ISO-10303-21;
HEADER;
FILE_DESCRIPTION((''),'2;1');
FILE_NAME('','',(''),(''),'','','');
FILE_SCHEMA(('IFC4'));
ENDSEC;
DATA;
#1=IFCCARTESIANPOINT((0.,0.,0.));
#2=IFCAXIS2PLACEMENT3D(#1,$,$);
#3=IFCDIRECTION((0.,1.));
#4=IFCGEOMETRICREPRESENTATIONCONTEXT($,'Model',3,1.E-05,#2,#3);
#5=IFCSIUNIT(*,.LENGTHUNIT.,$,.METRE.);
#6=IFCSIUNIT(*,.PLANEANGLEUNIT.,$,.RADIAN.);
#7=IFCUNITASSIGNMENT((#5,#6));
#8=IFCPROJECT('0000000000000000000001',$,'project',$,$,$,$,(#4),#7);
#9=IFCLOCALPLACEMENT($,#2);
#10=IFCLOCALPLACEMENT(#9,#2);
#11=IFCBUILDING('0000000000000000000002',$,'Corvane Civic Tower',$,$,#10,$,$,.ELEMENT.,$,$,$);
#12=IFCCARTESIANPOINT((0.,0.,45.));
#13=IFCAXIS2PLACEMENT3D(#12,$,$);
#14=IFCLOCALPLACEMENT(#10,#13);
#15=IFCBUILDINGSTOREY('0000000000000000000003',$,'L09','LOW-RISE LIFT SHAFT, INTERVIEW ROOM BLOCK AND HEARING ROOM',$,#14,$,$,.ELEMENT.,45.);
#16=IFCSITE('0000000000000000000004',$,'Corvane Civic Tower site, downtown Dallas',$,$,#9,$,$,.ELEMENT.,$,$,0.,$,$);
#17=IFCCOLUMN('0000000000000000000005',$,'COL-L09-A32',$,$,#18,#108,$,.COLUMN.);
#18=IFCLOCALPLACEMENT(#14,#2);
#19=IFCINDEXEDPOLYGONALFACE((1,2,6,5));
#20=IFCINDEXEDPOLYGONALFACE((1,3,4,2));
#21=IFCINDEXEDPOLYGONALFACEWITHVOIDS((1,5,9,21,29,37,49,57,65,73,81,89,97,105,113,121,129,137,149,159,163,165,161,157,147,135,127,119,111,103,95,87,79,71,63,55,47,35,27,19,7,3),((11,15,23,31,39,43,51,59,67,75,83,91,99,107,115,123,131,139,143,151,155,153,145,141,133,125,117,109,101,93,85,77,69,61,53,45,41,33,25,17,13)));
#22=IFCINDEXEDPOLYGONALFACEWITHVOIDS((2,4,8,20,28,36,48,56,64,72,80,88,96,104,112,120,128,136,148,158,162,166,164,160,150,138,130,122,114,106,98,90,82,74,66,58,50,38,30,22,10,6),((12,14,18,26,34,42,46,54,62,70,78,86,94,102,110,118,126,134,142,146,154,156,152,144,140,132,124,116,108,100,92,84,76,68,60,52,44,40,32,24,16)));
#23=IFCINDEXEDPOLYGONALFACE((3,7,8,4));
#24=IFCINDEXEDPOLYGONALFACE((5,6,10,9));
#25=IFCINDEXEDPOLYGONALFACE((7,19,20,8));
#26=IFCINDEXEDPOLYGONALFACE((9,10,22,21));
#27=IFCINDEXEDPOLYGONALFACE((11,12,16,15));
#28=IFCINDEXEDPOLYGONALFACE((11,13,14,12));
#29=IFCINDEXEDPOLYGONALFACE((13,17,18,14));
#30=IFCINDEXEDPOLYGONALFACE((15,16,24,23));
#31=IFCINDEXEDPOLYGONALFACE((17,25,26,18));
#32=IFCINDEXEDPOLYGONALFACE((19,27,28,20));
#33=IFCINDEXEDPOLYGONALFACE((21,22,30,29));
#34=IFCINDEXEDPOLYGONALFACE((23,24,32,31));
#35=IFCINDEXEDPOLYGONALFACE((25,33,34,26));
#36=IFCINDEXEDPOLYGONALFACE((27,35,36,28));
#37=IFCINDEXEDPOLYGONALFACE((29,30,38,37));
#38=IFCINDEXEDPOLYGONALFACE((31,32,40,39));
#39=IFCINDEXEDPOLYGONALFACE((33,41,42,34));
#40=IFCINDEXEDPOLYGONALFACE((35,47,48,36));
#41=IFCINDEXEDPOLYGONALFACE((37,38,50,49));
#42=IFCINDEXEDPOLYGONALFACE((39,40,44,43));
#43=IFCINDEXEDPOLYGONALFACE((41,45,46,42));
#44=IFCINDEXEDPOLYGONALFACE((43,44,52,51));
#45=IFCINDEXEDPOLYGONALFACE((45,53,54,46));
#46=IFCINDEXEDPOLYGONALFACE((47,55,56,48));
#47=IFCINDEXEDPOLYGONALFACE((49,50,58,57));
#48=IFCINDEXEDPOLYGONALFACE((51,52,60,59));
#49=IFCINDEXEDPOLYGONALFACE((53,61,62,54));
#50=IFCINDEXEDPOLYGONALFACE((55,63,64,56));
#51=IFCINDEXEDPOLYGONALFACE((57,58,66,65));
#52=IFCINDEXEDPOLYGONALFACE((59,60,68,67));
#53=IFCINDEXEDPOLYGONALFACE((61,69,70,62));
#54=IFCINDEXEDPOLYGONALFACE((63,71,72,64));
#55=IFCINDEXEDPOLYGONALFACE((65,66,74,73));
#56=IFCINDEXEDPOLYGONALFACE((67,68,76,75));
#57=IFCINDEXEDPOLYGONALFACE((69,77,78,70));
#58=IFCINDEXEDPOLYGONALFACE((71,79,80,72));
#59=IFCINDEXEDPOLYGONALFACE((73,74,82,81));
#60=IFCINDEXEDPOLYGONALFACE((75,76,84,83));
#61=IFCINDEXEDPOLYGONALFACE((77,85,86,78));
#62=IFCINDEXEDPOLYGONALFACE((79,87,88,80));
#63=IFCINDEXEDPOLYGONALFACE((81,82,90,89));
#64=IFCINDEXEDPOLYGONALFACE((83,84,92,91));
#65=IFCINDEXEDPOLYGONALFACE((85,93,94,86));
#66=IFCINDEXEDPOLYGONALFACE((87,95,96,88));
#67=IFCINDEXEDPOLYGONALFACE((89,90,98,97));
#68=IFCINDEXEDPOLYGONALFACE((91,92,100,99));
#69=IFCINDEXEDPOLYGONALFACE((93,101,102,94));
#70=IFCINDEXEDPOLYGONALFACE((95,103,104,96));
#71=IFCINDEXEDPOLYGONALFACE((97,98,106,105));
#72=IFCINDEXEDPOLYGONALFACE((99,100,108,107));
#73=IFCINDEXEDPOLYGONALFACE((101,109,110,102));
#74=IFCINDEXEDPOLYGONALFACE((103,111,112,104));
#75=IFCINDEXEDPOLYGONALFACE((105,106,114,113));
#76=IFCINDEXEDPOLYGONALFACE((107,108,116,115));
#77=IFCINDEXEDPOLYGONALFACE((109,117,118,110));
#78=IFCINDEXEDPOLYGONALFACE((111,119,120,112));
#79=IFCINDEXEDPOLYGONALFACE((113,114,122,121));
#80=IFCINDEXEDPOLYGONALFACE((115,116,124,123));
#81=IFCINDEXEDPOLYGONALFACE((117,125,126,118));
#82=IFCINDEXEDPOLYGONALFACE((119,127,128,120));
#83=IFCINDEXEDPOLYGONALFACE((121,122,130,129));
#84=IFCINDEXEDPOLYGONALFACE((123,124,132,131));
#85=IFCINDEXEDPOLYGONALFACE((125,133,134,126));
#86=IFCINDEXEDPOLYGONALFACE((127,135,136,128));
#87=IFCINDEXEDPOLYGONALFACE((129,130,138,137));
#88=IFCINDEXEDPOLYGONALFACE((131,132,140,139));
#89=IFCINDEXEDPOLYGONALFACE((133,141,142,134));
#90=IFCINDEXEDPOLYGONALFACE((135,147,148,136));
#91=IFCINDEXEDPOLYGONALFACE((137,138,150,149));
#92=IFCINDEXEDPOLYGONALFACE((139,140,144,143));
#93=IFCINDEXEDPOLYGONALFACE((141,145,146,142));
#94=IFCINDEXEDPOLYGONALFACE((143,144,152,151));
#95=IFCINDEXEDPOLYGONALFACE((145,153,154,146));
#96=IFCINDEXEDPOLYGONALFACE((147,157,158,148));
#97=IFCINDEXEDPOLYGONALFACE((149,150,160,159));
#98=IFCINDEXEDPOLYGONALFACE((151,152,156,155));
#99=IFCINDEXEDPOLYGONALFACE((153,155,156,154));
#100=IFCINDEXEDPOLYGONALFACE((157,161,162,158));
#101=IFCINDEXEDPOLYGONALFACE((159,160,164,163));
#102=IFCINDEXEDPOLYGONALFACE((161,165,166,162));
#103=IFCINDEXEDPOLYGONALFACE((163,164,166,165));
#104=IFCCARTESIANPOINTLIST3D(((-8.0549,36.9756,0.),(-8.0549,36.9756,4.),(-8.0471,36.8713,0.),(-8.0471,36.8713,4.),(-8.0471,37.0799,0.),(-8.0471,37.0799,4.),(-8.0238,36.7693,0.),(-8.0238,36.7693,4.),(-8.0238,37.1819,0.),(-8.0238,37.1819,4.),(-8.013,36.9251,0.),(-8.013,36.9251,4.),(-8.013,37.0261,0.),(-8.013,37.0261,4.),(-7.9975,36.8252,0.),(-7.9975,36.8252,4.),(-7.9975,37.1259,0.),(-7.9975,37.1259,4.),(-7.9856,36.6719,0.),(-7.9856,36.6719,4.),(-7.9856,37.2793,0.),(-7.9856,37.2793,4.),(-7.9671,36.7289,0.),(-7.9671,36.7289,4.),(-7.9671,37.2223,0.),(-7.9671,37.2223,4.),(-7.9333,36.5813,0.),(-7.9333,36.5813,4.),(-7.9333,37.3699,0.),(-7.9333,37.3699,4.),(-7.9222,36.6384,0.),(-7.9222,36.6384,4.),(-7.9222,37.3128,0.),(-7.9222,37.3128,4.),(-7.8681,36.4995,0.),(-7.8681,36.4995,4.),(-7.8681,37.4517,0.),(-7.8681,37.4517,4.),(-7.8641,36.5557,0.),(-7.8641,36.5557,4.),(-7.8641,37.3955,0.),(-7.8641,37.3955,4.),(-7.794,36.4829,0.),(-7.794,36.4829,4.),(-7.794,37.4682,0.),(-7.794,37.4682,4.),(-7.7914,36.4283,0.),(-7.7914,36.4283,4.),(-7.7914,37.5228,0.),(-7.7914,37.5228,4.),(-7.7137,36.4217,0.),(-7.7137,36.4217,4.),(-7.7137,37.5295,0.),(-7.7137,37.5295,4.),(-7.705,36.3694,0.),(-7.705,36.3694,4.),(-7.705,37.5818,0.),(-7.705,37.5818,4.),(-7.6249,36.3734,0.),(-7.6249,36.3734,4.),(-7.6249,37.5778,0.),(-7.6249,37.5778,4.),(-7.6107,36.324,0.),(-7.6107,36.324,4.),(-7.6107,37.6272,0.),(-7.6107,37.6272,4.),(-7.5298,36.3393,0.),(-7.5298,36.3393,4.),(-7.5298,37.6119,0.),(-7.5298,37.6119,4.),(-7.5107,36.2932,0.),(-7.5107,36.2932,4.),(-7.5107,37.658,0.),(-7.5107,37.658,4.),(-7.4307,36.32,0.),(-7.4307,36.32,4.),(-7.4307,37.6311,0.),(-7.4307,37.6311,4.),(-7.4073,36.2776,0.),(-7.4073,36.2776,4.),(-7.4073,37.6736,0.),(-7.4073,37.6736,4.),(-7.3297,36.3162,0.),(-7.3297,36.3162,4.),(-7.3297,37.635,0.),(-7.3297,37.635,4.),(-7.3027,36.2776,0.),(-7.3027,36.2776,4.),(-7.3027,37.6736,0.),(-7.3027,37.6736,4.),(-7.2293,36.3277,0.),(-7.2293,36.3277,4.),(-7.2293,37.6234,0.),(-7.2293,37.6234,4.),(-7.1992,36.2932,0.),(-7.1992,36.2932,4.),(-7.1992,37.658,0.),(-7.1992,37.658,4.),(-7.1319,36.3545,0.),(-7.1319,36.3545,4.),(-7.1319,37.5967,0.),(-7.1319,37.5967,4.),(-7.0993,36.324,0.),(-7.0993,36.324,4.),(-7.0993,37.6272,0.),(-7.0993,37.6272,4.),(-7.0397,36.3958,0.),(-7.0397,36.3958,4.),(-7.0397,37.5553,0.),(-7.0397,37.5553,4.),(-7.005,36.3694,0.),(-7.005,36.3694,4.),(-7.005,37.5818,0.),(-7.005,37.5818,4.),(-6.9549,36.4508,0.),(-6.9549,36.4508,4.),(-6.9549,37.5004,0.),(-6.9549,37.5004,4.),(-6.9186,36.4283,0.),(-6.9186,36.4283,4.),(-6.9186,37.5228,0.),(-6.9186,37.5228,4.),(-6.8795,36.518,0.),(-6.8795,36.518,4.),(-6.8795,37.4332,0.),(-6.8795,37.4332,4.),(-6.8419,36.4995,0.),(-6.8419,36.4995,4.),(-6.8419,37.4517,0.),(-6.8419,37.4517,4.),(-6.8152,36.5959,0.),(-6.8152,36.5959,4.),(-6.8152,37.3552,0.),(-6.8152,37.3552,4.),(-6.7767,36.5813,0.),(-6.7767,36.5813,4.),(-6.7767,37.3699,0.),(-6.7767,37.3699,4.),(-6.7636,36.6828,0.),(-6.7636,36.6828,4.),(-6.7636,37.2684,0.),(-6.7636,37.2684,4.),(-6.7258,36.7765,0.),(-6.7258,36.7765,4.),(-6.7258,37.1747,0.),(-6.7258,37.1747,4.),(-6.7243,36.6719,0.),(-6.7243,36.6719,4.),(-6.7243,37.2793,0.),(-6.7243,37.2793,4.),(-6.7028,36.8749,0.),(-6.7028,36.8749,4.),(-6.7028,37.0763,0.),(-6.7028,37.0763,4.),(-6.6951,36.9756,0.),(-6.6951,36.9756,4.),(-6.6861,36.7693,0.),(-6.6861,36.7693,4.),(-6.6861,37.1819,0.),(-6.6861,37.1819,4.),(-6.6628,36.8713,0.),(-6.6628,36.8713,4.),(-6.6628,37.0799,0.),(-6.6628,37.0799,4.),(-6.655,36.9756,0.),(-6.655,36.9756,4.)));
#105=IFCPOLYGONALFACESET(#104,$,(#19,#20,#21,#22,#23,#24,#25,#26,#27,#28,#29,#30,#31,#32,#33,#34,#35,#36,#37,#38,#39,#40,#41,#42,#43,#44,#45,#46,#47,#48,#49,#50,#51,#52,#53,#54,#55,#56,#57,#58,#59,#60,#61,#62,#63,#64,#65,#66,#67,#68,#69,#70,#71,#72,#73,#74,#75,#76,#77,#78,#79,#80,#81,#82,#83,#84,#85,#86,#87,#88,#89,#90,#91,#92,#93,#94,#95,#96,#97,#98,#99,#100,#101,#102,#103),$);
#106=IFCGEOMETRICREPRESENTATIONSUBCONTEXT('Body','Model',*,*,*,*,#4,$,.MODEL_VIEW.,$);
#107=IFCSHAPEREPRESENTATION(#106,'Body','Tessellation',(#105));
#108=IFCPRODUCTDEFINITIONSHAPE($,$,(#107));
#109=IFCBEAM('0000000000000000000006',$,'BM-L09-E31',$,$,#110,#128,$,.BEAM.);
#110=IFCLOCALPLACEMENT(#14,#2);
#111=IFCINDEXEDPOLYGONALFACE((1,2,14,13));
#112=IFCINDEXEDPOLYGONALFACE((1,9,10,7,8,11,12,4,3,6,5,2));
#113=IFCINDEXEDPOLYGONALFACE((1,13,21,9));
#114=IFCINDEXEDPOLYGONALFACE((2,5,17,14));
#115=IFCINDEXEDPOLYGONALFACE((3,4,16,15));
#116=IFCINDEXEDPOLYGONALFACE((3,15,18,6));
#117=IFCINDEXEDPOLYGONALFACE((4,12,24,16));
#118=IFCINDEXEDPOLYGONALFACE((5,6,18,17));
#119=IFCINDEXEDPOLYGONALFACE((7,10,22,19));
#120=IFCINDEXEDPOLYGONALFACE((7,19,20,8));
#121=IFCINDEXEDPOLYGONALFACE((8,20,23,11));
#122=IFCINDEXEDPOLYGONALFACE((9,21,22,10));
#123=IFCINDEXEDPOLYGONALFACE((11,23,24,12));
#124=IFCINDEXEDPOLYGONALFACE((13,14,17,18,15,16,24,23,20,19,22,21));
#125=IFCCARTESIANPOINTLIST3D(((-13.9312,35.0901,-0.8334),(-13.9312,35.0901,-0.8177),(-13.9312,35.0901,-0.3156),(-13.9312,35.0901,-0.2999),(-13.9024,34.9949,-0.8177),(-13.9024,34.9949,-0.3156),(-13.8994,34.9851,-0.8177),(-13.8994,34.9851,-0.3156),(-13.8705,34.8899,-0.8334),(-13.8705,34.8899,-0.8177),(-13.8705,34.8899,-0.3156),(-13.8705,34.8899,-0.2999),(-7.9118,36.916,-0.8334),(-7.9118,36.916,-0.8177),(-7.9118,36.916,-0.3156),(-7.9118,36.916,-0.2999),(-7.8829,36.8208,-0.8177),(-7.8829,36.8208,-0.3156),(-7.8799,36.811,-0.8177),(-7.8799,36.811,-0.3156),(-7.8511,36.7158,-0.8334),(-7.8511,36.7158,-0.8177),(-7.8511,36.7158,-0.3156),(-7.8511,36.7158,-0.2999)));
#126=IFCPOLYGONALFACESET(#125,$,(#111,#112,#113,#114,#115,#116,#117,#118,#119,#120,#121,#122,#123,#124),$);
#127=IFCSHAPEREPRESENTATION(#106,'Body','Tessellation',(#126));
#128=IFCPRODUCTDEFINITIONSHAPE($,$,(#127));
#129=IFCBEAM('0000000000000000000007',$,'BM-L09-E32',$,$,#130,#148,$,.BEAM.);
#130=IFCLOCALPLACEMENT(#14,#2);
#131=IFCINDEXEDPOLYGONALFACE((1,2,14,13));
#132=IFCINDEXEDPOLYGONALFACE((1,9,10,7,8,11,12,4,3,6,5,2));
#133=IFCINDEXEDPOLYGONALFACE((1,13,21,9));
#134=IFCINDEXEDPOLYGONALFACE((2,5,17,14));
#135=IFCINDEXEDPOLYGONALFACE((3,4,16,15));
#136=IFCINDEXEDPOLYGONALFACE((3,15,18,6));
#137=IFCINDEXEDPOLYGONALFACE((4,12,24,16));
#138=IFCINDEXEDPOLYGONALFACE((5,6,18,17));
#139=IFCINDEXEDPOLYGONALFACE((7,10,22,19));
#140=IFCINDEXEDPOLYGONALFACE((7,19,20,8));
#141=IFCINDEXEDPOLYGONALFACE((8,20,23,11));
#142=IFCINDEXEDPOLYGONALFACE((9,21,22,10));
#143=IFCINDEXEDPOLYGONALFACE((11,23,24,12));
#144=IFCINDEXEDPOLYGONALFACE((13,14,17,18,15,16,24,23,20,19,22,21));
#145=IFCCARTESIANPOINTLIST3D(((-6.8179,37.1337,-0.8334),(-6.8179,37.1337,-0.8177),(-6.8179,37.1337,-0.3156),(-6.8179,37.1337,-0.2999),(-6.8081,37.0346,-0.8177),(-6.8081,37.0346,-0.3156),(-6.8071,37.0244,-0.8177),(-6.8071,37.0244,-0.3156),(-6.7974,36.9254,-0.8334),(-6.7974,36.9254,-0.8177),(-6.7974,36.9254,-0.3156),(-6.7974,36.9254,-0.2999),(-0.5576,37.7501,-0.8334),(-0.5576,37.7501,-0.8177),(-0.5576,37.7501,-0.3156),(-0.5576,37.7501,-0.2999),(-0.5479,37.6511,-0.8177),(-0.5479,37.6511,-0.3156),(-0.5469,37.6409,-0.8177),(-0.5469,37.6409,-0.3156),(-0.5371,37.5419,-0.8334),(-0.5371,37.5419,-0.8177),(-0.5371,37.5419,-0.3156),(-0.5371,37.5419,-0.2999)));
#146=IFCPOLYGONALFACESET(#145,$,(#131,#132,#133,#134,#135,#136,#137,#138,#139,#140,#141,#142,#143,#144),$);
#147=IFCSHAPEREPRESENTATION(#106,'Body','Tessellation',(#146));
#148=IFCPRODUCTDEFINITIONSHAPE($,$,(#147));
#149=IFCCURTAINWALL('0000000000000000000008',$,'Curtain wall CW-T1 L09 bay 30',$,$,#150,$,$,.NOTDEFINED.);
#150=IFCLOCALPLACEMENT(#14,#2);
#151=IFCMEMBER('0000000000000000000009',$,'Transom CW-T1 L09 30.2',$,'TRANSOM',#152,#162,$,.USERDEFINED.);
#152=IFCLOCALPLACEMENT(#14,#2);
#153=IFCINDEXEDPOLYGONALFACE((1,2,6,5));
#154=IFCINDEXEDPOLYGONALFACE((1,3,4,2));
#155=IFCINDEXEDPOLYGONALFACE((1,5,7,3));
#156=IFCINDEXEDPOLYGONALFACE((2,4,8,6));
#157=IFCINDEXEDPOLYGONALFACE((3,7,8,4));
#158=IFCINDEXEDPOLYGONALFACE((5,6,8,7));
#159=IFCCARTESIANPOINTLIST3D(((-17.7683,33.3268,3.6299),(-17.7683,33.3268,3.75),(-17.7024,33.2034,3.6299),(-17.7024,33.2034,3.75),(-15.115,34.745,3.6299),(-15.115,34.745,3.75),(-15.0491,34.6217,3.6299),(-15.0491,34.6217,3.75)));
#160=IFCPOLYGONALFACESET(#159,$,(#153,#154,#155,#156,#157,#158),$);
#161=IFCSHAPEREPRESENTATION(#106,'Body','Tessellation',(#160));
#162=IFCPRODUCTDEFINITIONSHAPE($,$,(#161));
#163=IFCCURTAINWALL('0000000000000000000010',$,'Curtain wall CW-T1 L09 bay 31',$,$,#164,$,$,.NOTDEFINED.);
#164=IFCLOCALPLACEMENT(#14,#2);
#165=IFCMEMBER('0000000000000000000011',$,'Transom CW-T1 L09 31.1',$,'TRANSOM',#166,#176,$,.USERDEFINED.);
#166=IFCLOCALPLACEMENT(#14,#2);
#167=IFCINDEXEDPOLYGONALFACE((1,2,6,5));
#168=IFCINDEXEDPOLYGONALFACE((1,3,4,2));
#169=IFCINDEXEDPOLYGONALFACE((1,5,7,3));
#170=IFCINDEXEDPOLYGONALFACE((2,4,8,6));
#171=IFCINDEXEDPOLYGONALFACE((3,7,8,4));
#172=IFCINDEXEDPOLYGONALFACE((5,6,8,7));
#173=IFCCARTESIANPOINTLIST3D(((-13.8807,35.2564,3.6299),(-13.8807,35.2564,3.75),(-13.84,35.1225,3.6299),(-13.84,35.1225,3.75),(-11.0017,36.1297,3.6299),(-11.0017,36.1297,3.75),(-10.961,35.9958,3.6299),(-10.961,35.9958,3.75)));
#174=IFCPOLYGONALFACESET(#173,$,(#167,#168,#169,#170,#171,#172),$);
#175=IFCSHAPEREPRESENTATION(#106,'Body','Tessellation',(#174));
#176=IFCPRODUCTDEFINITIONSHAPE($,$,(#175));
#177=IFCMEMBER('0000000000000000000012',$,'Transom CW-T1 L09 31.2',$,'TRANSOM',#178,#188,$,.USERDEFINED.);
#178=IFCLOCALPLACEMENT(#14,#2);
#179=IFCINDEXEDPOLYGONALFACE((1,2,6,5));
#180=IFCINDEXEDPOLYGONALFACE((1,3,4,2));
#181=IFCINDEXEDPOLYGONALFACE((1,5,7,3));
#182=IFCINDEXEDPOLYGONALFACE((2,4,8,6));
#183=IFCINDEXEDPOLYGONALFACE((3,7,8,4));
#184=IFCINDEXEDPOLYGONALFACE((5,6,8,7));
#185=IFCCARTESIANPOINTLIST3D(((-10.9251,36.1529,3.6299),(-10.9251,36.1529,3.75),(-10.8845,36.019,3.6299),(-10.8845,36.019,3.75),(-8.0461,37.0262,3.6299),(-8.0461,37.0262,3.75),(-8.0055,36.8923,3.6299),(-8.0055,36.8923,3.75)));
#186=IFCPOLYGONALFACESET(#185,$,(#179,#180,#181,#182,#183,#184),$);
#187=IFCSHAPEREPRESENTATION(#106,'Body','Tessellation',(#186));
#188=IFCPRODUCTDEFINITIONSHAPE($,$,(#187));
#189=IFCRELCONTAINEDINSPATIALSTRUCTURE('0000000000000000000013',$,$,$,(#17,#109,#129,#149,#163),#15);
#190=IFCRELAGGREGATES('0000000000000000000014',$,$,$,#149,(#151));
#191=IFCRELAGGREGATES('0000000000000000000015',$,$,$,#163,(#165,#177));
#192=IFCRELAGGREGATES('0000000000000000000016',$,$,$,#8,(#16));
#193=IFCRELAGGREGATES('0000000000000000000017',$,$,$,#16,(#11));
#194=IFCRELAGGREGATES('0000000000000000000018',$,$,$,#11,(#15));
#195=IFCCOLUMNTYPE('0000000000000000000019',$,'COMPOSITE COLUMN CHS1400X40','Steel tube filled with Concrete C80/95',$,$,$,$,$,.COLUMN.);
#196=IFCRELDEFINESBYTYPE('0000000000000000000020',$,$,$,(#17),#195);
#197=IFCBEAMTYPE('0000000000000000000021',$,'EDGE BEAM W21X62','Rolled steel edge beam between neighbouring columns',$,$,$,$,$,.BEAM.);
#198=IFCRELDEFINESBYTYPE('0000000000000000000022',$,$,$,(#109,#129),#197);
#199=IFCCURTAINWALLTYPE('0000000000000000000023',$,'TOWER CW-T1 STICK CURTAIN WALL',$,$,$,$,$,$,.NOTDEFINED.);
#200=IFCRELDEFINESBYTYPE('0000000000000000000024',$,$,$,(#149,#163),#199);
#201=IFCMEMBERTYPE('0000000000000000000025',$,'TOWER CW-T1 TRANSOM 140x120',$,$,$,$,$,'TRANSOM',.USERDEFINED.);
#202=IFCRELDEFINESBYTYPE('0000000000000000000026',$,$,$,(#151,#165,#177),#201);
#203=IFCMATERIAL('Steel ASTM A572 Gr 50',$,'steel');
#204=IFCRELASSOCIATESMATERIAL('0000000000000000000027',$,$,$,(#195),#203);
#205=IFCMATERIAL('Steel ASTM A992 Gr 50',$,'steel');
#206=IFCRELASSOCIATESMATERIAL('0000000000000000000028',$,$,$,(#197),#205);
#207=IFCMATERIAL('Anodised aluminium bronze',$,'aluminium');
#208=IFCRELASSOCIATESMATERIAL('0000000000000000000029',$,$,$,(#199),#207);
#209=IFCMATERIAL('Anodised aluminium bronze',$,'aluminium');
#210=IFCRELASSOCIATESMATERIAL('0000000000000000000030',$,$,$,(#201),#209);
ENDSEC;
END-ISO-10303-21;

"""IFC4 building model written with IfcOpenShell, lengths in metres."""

from ifc_helpers import new_model, si_unit, direction, frame, origin, origin_2d, place, context, subcontext, project, spatial, rectangle, hollow_circle, i_section, extrude, material, material_profile, profile_set, type_object, element, aggregate, save


model = new_model("IFC4")

# Units and contexts
model_context = context("Model", 3, precision=1e-05, world=origin(), true_north=direction((0.0, 1.0)))
body_context = subcontext(model_context, "Body", "Model", "MODEL_VIEW")
ifc_project = project(units=[si_unit("LENGTHUNIT", "METRE"), si_unit("PLANEANGLEUNIT", "RADIAN")], contexts=[model_context])

# Site, building, storey
site_placement = place(None, origin())
site = spatial("IfcSite", under=ifc_project, at=site_placement, Name="Corvane Civic Tower site, downtown Dallas", CompositionType="ELEMENT", RefElevation=0.0)
building_placement = place(site_placement, origin())
building = spatial("IfcBuilding", under=site, at=building_placement, Name="Corvane Civic Tower", CompositionType="ELEMENT")
storey_placement = place(building_placement, frame((0.0, 0.0, 45.0)))
storey = spatial("IfcBuildingStorey", under=building, at=storey_placement, Name="L09", Description="LOW-RISE LIFT SHAFT, INTERVIEW ROOM BLOCK AND HEARING ROOM", CompositionType="ELEMENT", Elevation=45.0)

# Column
ifc_material_1 = material(Name="Steel ASTM A572 Gr 50", Category="steel")
ifc_material_profile_1 = material_profile(ifc_material_1, hollow_circle(Radius=0.7, WallThickness=0.04, at=origin_2d()), Name="CHS1400X40")
ifc_profile_set_1 = profile_set([ifc_material_profile_1], Name="Steel ASTM A572 Gr 50")
column_type = type_object("IfcColumnType", Name="COMPOSITE COLUMN CHS1400X40", Description="Steel tube filled with Concrete C80/95", PredefinedType="COLUMN", material=ifc_profile_set_1)
for number, where, z_axis, x_axis, name in (
    (1, (-7.355, 36.9756, 0.0), (0.0, 0.0, 1.0), (1.0, 0.0, 0.0), "COL-L09-A32"),
):
    element("IfcColumn", number, at=place(storey_placement, frame(where, z_axis=z_axis, x_axis=x_axis)), inside=storey, type_object=column_type, Name=name, PredefinedType="COLUMN", context=body_context, shape_type="SweptSolid", body=[
        extrude(hollow_circle(Radius=0.7, WallThickness=0.04, at=origin_2d()), origin(), (0.0, 0.0, 1.0), 4.0),
    ])

# Beams
ifc_material_2 = material(Name="Steel ASTM A992 Gr 50", Category="steel")
ifc_material_profile_2 = material_profile(ifc_material_2, i_section(OverallWidth=0.2092, OverallDepth=0.5334, WebThickness=0.0103, FlangeThickness=0.0156, at=origin_2d()), Name="W21X62")
ifc_profile_set_2 = profile_set([ifc_material_profile_2], Name="Steel ASTM A992 Gr 50")
beam_type = type_object("IfcBeamType", Name="EDGE BEAM W21X62", Description="Rolled steel edge beam between neighbouring columns", PredefinedType="BEAM", material=ifc_profile_set_2)
beam_1_placement = place(storey_placement, frame((-13.9009, 34.99, -0.5667), z_axis=(0.956944, 0.290273, 0.0), x_axis=(-0.290273, 0.956944, 0.0)))
element("IfcBeam", 2, at=beam_1_placement, inside=storey, type_object=beam_type, Name="BM-L09-E31", PredefinedType="BEAM", context=body_context, shape_type="SweptSolid", body=[
    extrude(i_section(OverallWidth=0.2092, OverallDepth=0.5334, WebThickness=0.0103, FlangeThickness=0.0156, at=origin_2d()), origin(), (0.0, 0.0, 1.0), 6.2903),
])
beam_2_placement = place(storey_placement, frame((-6.8076, 37.0295, -0.5667), z_axis=(0.995187, 0.097997, 0.0), x_axis=(-0.097997, 0.995187, 0.0)))
element("IfcBeam", 3, at=beam_2_placement, inside=storey, type_object=beam_type, Name="BM-L09-E32", PredefinedType="BEAM", context=body_context, shape_type="SweptSolid", body=[
    extrude(i_section(OverallWidth=0.2092, OverallDepth=0.5334, WebThickness=0.0103, FlangeThickness=0.0156, at=origin_2d()), origin(), (0.0, 0.0, 1.0), 6.2905),
])

# Curtain wall, member
ifc_material_3 = material(Name="Anodised aluminium bronze", Category="aluminium")
curtain_wall_type = type_object("IfcCurtainWallType", Name="TOWER CW-T1 STICK CURTAIN WALL", PredefinedType="NOTDEFINED", material=ifc_material_3)
curtain_wall_1_placement = place(storey_placement, origin())
curtain_wall_1 = element("IfcCurtainWall", 4, at=curtain_wall_1_placement, inside=storey, type_object=curtain_wall_type, Name="Curtain wall CW-T1 L09 bay 30", PredefinedType="NOTDEFINED")
ifc_material_4 = material(Name="Anodised aluminium bronze", Category="aluminium")
ifc_material_profile_3 = material_profile(ifc_material_4, rectangle(XDim=0.1399, YDim=0.1201, at=origin_2d()), Name="TOWER CW-T1 TRANSOM 140x120")
ifc_profile_set_3 = profile_set([ifc_material_profile_3], Name="Anodised aluminium bronze")
member_type_1 = type_object("IfcMemberType", Name="TOWER CW-T1 TRANSOM 140x120", ElementType="TRANSOM", PredefinedType="USERDEFINED", material=ifc_profile_set_3)
member_1_placement = place(storey_placement, frame((-17.7354, 33.2651, 3.6899), z_axis=(0.881924, 0.471393, 0.0), x_axis=(-0.471393, 0.881924, 0.0)))
member_1 = element("IfcMember", 5, at=member_1_placement, type_object=member_type_1, Name="Transom CW-T1 L09 30.2", ObjectType="TRANSOM", PredefinedType="USERDEFINED", context=body_context, shape_type="SweptSolid", body=[
    extrude(rectangle(XDim=0.1399, YDim=0.1201, at=origin_2d()), origin(), (0.0, 0.0, 1.0), 3.0085),
])

# Curtain wall, members
curtain_wall_2_placement = place(storey_placement, origin())
curtain_wall_2 = element("IfcCurtainWall", 6, at=curtain_wall_2_placement, inside=storey, type_object=curtain_wall_type, Name="Curtain wall CW-T1 L09 bay 31", PredefinedType="NOTDEFINED")
member_2_placement = place(storey_placement, frame((-13.8604, 35.1895, 3.6899), z_axis=(0.956942, 0.29028, 0.0), x_axis=(-0.29028, 0.956942, 0.0)))
member_2 = element("IfcMember", 7, at=member_2_placement, type_object=member_type_1, Name="Transom CW-T1 L09 31.1", ObjectType="TRANSOM", PredefinedType="USERDEFINED", context=body_context, shape_type="SweptSolid", body=[
    extrude(rectangle(XDim=0.1399, YDim=0.1201, at=origin_2d()), origin(), (0.0, 0.0, 1.0), 3.0085),
])
member_3_placement = place(storey_placement, frame((-10.9048, 36.0859, 3.6899), z_axis=(0.956942, 0.29028, 0.0), x_axis=(-0.29028, 0.956942, 0.0)))
member_3 = element("IfcMember", 8, at=member_3_placement, type_object=member_type_1, Name="Transom CW-T1 L09 31.2", ObjectType="TRANSOM", PredefinedType="USERDEFINED", context=body_context, shape_type="SweptSolid", body=[
    extrude(rectangle(XDim=0.1399, YDim=0.1201, at=origin_2d()), origin(), (0.0, 0.0, 1.0), 3.0085),
])

aggregate(curtain_wall_1, [member_1])
aggregate(curtain_wall_2, [member_2, member_3])

save(model, "model.ifc")
